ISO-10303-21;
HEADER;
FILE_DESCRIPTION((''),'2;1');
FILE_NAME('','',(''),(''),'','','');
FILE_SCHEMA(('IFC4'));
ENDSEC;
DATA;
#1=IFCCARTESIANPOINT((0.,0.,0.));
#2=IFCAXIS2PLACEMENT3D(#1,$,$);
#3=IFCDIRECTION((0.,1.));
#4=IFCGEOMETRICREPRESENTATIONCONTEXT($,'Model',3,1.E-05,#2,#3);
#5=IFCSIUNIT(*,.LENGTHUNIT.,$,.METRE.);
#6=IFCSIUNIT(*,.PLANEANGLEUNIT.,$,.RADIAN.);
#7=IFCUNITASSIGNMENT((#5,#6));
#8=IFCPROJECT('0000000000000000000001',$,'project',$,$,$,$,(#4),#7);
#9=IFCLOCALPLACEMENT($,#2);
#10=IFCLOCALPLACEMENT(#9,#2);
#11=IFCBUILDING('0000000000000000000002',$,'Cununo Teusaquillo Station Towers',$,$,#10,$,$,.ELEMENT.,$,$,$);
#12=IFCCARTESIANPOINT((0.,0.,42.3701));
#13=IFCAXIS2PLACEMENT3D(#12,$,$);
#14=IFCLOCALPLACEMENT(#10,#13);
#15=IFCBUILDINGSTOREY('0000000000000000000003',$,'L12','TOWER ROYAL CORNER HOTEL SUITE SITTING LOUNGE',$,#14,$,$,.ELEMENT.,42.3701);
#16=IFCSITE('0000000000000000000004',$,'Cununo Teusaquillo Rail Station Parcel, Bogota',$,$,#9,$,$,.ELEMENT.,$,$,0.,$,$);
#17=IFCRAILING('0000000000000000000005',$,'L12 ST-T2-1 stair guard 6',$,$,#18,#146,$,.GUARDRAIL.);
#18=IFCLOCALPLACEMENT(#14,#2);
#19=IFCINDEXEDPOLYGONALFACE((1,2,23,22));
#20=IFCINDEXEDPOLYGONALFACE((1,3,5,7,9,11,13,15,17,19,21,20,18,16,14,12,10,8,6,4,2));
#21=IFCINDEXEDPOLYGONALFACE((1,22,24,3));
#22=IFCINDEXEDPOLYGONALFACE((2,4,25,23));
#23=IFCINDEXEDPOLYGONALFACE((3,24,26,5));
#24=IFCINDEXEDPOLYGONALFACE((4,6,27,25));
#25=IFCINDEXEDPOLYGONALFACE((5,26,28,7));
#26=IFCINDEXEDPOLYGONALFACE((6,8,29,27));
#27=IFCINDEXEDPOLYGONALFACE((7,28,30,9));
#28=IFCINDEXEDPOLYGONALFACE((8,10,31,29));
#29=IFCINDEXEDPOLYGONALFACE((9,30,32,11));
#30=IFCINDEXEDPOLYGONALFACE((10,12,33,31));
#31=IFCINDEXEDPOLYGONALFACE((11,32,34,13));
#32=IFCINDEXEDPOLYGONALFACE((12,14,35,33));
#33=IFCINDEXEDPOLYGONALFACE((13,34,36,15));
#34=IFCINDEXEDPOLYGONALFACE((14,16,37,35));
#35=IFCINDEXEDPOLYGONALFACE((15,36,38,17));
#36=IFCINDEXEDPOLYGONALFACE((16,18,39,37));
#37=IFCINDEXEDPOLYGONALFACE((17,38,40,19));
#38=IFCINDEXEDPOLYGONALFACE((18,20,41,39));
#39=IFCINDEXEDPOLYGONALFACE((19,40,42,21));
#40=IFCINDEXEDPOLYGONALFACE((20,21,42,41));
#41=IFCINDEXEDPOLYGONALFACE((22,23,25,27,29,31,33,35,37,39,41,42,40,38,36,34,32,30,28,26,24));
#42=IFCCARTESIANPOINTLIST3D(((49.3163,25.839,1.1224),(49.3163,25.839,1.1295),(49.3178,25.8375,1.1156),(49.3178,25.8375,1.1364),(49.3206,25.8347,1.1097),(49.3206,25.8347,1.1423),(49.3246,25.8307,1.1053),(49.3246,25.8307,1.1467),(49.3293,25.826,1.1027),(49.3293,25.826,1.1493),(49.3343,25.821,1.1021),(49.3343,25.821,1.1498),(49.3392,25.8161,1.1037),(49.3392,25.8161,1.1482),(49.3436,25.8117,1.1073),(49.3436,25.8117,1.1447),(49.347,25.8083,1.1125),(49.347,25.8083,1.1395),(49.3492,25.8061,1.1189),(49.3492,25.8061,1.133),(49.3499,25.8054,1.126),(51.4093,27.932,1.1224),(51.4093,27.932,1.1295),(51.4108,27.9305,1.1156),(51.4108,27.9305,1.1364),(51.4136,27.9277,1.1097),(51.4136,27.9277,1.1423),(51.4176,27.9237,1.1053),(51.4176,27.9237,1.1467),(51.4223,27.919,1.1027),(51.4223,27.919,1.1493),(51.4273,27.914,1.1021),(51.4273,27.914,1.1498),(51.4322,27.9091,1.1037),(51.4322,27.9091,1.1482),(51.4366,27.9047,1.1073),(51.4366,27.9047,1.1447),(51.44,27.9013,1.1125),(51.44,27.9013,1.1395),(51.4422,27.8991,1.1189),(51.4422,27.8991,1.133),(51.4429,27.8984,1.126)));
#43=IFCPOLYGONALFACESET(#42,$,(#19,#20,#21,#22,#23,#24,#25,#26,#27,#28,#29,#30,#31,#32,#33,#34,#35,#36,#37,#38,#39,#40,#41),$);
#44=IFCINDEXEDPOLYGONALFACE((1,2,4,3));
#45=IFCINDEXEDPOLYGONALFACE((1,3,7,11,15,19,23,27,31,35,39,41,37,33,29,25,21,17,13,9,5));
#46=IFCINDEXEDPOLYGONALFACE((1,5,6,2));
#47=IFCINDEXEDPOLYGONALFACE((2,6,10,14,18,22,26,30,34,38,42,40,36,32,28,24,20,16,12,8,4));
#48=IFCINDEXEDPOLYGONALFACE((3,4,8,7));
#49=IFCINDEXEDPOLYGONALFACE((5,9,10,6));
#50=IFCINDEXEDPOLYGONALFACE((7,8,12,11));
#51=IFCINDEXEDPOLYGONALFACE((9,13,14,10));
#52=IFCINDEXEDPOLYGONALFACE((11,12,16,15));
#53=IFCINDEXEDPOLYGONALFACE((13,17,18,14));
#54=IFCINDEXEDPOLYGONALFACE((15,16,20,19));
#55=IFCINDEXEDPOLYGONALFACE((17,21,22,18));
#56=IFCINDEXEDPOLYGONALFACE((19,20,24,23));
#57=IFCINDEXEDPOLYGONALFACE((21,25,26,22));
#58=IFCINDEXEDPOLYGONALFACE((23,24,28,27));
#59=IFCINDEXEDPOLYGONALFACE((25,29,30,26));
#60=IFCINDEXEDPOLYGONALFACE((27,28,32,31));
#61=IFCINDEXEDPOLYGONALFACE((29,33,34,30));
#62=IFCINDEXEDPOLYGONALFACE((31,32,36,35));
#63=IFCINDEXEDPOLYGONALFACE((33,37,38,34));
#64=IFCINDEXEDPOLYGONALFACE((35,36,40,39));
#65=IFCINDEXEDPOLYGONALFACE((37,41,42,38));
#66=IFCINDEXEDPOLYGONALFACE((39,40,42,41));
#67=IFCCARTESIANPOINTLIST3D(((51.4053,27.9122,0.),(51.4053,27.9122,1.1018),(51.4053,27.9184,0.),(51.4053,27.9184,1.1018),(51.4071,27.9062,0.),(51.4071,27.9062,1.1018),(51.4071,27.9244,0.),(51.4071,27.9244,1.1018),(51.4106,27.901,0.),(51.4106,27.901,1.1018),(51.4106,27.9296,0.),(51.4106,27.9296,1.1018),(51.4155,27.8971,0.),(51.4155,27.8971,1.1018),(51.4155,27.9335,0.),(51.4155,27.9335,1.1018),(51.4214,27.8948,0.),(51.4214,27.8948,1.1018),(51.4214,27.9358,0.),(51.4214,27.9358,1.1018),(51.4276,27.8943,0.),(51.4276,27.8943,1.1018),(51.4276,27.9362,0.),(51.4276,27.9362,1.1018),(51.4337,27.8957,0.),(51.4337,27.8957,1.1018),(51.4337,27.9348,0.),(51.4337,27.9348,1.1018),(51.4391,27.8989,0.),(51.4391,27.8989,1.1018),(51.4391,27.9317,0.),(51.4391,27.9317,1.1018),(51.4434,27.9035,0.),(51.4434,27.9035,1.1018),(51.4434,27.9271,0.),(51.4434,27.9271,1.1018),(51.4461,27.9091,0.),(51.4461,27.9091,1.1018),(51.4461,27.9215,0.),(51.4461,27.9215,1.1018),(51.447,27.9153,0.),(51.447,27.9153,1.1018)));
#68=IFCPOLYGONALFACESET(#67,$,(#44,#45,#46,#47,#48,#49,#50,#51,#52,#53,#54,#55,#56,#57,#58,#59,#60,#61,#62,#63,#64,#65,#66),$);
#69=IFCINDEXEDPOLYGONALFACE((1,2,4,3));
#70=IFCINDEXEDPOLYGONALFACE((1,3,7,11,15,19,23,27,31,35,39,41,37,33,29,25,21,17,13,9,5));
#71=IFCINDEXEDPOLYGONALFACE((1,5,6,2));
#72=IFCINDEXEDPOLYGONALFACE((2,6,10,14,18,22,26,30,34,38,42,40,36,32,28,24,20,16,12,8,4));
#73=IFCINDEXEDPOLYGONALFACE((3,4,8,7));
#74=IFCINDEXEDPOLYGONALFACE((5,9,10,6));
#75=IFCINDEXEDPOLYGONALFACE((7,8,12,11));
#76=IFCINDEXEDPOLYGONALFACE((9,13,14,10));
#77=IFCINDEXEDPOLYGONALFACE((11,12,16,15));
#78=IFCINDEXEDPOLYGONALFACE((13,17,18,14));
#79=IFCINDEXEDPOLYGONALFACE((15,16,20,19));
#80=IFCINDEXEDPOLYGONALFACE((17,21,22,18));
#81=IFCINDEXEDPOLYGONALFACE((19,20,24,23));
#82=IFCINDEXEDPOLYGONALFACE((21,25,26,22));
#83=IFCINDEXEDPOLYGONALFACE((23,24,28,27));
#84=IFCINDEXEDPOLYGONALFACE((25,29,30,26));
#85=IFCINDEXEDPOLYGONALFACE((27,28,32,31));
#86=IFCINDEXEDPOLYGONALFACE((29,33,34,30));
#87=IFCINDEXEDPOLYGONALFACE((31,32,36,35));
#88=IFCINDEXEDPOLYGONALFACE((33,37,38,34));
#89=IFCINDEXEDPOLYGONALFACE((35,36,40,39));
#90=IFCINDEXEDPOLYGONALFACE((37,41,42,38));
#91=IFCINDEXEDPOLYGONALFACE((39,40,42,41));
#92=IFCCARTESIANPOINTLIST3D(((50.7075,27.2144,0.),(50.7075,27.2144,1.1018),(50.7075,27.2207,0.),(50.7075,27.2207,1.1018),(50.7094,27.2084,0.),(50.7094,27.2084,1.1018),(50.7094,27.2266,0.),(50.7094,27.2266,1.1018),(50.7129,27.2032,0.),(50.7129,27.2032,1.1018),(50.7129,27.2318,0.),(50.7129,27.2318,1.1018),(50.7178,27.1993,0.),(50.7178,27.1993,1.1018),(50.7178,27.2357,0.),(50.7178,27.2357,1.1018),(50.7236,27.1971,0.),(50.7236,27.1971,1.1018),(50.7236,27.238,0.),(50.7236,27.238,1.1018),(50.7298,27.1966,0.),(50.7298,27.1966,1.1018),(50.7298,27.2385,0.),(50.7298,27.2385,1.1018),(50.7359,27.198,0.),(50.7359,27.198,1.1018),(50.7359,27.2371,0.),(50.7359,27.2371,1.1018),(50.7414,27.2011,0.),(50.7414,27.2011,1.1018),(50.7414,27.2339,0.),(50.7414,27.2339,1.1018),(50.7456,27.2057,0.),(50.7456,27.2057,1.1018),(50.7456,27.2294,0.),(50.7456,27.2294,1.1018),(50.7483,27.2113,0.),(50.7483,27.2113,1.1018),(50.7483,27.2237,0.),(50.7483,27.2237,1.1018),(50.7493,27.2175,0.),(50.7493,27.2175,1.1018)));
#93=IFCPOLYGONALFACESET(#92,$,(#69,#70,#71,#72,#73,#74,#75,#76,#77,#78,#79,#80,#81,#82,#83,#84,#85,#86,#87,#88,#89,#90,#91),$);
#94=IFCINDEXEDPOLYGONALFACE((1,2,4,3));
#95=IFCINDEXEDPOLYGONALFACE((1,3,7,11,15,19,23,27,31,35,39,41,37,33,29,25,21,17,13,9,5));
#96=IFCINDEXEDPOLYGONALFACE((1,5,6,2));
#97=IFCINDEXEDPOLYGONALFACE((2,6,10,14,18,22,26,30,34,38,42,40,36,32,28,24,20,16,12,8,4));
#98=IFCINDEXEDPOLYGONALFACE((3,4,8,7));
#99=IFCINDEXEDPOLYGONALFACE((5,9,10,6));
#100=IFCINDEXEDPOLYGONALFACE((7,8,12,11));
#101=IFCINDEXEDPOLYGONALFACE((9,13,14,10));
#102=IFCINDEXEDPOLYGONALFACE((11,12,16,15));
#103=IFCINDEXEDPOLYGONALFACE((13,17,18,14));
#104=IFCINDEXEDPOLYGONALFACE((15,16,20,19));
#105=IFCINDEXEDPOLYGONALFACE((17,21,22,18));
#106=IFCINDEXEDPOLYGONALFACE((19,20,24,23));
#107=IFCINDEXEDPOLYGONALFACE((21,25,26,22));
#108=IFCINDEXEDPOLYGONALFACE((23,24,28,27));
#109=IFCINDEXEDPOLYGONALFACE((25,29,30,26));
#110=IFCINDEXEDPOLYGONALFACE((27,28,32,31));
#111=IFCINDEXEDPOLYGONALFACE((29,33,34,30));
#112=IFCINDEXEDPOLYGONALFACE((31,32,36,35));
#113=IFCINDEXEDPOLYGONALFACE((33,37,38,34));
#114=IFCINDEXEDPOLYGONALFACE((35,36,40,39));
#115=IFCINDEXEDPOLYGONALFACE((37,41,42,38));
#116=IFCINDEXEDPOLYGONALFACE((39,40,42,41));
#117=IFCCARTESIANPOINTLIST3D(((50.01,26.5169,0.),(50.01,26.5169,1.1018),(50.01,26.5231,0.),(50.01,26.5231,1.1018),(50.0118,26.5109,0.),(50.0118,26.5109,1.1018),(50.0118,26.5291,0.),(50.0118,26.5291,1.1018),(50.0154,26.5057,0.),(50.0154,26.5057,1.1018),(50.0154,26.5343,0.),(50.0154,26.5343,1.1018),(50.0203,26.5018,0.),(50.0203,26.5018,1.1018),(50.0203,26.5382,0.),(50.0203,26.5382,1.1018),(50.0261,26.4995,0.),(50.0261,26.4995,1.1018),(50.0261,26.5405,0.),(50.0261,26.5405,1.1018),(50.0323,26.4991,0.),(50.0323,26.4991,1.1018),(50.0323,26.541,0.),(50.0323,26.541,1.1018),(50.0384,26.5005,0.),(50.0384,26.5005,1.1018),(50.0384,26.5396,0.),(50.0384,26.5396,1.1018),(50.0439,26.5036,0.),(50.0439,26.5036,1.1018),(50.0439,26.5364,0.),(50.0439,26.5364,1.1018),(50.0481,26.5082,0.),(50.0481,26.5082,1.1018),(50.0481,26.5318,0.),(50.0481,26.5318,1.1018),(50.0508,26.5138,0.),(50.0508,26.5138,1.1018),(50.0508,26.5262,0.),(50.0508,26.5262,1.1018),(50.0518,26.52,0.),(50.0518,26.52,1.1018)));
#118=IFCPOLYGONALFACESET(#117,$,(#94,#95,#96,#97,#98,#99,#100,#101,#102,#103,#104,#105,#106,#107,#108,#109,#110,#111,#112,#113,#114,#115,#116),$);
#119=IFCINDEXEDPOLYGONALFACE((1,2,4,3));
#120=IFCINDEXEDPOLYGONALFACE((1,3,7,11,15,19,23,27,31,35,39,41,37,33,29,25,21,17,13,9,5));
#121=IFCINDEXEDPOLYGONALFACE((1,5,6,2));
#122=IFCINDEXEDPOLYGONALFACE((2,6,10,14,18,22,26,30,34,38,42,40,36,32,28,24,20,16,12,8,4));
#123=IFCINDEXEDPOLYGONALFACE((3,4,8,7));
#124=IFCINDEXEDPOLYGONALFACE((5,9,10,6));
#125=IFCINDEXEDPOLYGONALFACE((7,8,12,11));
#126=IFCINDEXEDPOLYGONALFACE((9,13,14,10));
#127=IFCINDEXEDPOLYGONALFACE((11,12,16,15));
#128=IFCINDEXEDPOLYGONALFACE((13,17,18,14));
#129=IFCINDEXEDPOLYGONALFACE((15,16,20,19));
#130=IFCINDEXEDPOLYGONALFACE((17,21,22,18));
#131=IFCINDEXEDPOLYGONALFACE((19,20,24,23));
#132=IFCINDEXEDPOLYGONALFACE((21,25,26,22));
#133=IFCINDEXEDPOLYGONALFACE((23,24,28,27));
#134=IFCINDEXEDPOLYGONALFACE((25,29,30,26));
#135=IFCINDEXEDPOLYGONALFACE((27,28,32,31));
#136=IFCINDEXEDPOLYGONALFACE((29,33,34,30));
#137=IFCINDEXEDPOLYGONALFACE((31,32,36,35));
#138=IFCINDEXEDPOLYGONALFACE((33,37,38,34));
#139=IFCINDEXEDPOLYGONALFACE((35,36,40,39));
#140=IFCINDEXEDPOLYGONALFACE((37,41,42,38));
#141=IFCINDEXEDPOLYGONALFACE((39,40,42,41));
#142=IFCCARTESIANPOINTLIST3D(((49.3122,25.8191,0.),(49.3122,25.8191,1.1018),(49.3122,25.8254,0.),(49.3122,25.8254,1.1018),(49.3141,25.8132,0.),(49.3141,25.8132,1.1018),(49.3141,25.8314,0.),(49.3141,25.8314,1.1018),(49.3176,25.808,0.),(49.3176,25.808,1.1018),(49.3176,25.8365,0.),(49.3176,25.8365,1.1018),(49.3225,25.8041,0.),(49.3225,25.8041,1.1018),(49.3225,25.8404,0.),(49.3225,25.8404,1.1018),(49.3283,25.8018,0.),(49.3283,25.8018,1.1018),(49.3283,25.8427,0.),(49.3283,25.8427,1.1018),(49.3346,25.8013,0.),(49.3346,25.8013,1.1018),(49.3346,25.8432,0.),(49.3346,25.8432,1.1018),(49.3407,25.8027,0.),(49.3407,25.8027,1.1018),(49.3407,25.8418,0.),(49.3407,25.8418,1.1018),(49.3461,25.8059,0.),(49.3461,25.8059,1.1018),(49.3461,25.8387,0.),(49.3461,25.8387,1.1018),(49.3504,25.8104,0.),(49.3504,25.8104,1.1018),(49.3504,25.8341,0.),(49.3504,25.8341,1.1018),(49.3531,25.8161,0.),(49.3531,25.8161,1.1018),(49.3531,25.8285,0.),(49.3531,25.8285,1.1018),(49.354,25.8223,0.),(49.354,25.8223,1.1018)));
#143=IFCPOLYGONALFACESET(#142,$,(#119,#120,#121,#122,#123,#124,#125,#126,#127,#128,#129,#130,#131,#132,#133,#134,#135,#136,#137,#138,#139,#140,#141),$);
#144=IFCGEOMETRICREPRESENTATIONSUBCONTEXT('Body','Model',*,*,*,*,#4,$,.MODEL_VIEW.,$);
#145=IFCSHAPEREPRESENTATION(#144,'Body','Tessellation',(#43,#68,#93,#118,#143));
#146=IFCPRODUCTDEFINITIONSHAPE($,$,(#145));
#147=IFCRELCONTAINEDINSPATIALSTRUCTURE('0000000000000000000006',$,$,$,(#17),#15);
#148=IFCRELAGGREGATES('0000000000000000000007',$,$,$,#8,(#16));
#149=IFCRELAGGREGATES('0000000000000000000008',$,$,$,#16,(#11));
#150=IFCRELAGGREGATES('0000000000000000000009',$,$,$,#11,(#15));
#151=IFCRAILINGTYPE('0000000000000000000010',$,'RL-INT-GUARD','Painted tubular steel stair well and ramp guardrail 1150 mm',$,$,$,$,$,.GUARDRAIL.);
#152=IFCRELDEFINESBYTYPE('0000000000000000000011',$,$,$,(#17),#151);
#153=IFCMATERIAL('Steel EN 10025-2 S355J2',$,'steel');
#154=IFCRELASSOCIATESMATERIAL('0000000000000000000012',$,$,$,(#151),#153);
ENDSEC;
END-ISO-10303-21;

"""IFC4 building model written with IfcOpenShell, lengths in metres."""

from ifc_helpers import new_model, si_unit, direction, frame, origin, origin_2d, place, context, subcontext, project, spatial, circle, extrude, material, type_object, element, save


model = new_model("IFC4")

# Units and contexts
model_context = context("Model", 3, precision=1e-05, world=origin(), true_north=direction((0.0, 1.0)))
body_context = subcontext(model_context, "Body", "Model", "MODEL_VIEW")
ifc_project = project(units=[si_unit("LENGTHUNIT", "METRE"), si_unit("PLANEANGLEUNIT", "RADIAN")], contexts=[model_context])

# Site, building, storey
site_placement = place(None, origin())
site = spatial("IfcSite", under=ifc_project, at=site_placement, Name="Cununo Teusaquillo Rail Station Parcel, Bogota", CompositionType="ELEMENT", RefElevation=0.0)
building_placement = place(site_placement, origin())
building = spatial("IfcBuilding", under=site, at=building_placement, Name="Cununo Teusaquillo Station Towers", CompositionType="ELEMENT")
storey_placement = place(building_placement, frame((0.0, 0.0, 42.3701)))
storey = spatial("IfcBuildingStorey", under=building, at=storey_placement, Name="L12", Description="TOWER ROYAL CORNER HOTEL SUITE SITTING LOUNGE", CompositionType="ELEMENT", Elevation=42.3701)

# Railing
ifc_material_1 = material(Name="Steel EN 10025-2 S355J2", Category="steel")
railing_type = type_object("IfcRailingType", Name="RL-INT-GUARD", Description="Painted tubular steel stair well and ramp guardrail 1150 mm", PredefinedType="GUARDRAIL", material=ifc_material_1)
railing_1_placement = place(storey_placement, frame((51.426, 27.9153, 0.0)))
element("IfcRailing", 1, at=railing_1_placement, inside=storey, type_object=railing_type, Name="L12 ST-T2-1 stair guard 6", PredefinedType="GUARDRAIL", context=body_context, shape_type="SweptSolid", body=[
    extrude(circle(Radius=0.0239, at=origin_2d()), frame((0.0, 0.0, 1.126), z_axis=(-0.707107, -0.707107, 0.0), x_axis=(0.707107, -0.707107, 0.0)), (0.0, 0.0, 1.0), 2.96),
    extrude(circle(Radius=0.021, at=origin_2d()), origin(), (0.0, 0.0, 1.0), 1.1018),
    extrude(circle(Radius=0.021, at=origin_2d()), frame((-0.6978, -0.6978, 0.0)), (0.0, 0.0, 1.0), 1.1018),
    extrude(circle(Radius=0.021, at=origin_2d()), frame((-1.3953, -1.3953, 0.0)), (0.0, 0.0, 1.0), 1.1018),
    extrude(circle(Radius=0.021, at=origin_2d()), frame((-2.093, -2.093, 0.0)), (0.0, 0.0, 1.0), 1.1018),
])

save(model, "model.ifc")
